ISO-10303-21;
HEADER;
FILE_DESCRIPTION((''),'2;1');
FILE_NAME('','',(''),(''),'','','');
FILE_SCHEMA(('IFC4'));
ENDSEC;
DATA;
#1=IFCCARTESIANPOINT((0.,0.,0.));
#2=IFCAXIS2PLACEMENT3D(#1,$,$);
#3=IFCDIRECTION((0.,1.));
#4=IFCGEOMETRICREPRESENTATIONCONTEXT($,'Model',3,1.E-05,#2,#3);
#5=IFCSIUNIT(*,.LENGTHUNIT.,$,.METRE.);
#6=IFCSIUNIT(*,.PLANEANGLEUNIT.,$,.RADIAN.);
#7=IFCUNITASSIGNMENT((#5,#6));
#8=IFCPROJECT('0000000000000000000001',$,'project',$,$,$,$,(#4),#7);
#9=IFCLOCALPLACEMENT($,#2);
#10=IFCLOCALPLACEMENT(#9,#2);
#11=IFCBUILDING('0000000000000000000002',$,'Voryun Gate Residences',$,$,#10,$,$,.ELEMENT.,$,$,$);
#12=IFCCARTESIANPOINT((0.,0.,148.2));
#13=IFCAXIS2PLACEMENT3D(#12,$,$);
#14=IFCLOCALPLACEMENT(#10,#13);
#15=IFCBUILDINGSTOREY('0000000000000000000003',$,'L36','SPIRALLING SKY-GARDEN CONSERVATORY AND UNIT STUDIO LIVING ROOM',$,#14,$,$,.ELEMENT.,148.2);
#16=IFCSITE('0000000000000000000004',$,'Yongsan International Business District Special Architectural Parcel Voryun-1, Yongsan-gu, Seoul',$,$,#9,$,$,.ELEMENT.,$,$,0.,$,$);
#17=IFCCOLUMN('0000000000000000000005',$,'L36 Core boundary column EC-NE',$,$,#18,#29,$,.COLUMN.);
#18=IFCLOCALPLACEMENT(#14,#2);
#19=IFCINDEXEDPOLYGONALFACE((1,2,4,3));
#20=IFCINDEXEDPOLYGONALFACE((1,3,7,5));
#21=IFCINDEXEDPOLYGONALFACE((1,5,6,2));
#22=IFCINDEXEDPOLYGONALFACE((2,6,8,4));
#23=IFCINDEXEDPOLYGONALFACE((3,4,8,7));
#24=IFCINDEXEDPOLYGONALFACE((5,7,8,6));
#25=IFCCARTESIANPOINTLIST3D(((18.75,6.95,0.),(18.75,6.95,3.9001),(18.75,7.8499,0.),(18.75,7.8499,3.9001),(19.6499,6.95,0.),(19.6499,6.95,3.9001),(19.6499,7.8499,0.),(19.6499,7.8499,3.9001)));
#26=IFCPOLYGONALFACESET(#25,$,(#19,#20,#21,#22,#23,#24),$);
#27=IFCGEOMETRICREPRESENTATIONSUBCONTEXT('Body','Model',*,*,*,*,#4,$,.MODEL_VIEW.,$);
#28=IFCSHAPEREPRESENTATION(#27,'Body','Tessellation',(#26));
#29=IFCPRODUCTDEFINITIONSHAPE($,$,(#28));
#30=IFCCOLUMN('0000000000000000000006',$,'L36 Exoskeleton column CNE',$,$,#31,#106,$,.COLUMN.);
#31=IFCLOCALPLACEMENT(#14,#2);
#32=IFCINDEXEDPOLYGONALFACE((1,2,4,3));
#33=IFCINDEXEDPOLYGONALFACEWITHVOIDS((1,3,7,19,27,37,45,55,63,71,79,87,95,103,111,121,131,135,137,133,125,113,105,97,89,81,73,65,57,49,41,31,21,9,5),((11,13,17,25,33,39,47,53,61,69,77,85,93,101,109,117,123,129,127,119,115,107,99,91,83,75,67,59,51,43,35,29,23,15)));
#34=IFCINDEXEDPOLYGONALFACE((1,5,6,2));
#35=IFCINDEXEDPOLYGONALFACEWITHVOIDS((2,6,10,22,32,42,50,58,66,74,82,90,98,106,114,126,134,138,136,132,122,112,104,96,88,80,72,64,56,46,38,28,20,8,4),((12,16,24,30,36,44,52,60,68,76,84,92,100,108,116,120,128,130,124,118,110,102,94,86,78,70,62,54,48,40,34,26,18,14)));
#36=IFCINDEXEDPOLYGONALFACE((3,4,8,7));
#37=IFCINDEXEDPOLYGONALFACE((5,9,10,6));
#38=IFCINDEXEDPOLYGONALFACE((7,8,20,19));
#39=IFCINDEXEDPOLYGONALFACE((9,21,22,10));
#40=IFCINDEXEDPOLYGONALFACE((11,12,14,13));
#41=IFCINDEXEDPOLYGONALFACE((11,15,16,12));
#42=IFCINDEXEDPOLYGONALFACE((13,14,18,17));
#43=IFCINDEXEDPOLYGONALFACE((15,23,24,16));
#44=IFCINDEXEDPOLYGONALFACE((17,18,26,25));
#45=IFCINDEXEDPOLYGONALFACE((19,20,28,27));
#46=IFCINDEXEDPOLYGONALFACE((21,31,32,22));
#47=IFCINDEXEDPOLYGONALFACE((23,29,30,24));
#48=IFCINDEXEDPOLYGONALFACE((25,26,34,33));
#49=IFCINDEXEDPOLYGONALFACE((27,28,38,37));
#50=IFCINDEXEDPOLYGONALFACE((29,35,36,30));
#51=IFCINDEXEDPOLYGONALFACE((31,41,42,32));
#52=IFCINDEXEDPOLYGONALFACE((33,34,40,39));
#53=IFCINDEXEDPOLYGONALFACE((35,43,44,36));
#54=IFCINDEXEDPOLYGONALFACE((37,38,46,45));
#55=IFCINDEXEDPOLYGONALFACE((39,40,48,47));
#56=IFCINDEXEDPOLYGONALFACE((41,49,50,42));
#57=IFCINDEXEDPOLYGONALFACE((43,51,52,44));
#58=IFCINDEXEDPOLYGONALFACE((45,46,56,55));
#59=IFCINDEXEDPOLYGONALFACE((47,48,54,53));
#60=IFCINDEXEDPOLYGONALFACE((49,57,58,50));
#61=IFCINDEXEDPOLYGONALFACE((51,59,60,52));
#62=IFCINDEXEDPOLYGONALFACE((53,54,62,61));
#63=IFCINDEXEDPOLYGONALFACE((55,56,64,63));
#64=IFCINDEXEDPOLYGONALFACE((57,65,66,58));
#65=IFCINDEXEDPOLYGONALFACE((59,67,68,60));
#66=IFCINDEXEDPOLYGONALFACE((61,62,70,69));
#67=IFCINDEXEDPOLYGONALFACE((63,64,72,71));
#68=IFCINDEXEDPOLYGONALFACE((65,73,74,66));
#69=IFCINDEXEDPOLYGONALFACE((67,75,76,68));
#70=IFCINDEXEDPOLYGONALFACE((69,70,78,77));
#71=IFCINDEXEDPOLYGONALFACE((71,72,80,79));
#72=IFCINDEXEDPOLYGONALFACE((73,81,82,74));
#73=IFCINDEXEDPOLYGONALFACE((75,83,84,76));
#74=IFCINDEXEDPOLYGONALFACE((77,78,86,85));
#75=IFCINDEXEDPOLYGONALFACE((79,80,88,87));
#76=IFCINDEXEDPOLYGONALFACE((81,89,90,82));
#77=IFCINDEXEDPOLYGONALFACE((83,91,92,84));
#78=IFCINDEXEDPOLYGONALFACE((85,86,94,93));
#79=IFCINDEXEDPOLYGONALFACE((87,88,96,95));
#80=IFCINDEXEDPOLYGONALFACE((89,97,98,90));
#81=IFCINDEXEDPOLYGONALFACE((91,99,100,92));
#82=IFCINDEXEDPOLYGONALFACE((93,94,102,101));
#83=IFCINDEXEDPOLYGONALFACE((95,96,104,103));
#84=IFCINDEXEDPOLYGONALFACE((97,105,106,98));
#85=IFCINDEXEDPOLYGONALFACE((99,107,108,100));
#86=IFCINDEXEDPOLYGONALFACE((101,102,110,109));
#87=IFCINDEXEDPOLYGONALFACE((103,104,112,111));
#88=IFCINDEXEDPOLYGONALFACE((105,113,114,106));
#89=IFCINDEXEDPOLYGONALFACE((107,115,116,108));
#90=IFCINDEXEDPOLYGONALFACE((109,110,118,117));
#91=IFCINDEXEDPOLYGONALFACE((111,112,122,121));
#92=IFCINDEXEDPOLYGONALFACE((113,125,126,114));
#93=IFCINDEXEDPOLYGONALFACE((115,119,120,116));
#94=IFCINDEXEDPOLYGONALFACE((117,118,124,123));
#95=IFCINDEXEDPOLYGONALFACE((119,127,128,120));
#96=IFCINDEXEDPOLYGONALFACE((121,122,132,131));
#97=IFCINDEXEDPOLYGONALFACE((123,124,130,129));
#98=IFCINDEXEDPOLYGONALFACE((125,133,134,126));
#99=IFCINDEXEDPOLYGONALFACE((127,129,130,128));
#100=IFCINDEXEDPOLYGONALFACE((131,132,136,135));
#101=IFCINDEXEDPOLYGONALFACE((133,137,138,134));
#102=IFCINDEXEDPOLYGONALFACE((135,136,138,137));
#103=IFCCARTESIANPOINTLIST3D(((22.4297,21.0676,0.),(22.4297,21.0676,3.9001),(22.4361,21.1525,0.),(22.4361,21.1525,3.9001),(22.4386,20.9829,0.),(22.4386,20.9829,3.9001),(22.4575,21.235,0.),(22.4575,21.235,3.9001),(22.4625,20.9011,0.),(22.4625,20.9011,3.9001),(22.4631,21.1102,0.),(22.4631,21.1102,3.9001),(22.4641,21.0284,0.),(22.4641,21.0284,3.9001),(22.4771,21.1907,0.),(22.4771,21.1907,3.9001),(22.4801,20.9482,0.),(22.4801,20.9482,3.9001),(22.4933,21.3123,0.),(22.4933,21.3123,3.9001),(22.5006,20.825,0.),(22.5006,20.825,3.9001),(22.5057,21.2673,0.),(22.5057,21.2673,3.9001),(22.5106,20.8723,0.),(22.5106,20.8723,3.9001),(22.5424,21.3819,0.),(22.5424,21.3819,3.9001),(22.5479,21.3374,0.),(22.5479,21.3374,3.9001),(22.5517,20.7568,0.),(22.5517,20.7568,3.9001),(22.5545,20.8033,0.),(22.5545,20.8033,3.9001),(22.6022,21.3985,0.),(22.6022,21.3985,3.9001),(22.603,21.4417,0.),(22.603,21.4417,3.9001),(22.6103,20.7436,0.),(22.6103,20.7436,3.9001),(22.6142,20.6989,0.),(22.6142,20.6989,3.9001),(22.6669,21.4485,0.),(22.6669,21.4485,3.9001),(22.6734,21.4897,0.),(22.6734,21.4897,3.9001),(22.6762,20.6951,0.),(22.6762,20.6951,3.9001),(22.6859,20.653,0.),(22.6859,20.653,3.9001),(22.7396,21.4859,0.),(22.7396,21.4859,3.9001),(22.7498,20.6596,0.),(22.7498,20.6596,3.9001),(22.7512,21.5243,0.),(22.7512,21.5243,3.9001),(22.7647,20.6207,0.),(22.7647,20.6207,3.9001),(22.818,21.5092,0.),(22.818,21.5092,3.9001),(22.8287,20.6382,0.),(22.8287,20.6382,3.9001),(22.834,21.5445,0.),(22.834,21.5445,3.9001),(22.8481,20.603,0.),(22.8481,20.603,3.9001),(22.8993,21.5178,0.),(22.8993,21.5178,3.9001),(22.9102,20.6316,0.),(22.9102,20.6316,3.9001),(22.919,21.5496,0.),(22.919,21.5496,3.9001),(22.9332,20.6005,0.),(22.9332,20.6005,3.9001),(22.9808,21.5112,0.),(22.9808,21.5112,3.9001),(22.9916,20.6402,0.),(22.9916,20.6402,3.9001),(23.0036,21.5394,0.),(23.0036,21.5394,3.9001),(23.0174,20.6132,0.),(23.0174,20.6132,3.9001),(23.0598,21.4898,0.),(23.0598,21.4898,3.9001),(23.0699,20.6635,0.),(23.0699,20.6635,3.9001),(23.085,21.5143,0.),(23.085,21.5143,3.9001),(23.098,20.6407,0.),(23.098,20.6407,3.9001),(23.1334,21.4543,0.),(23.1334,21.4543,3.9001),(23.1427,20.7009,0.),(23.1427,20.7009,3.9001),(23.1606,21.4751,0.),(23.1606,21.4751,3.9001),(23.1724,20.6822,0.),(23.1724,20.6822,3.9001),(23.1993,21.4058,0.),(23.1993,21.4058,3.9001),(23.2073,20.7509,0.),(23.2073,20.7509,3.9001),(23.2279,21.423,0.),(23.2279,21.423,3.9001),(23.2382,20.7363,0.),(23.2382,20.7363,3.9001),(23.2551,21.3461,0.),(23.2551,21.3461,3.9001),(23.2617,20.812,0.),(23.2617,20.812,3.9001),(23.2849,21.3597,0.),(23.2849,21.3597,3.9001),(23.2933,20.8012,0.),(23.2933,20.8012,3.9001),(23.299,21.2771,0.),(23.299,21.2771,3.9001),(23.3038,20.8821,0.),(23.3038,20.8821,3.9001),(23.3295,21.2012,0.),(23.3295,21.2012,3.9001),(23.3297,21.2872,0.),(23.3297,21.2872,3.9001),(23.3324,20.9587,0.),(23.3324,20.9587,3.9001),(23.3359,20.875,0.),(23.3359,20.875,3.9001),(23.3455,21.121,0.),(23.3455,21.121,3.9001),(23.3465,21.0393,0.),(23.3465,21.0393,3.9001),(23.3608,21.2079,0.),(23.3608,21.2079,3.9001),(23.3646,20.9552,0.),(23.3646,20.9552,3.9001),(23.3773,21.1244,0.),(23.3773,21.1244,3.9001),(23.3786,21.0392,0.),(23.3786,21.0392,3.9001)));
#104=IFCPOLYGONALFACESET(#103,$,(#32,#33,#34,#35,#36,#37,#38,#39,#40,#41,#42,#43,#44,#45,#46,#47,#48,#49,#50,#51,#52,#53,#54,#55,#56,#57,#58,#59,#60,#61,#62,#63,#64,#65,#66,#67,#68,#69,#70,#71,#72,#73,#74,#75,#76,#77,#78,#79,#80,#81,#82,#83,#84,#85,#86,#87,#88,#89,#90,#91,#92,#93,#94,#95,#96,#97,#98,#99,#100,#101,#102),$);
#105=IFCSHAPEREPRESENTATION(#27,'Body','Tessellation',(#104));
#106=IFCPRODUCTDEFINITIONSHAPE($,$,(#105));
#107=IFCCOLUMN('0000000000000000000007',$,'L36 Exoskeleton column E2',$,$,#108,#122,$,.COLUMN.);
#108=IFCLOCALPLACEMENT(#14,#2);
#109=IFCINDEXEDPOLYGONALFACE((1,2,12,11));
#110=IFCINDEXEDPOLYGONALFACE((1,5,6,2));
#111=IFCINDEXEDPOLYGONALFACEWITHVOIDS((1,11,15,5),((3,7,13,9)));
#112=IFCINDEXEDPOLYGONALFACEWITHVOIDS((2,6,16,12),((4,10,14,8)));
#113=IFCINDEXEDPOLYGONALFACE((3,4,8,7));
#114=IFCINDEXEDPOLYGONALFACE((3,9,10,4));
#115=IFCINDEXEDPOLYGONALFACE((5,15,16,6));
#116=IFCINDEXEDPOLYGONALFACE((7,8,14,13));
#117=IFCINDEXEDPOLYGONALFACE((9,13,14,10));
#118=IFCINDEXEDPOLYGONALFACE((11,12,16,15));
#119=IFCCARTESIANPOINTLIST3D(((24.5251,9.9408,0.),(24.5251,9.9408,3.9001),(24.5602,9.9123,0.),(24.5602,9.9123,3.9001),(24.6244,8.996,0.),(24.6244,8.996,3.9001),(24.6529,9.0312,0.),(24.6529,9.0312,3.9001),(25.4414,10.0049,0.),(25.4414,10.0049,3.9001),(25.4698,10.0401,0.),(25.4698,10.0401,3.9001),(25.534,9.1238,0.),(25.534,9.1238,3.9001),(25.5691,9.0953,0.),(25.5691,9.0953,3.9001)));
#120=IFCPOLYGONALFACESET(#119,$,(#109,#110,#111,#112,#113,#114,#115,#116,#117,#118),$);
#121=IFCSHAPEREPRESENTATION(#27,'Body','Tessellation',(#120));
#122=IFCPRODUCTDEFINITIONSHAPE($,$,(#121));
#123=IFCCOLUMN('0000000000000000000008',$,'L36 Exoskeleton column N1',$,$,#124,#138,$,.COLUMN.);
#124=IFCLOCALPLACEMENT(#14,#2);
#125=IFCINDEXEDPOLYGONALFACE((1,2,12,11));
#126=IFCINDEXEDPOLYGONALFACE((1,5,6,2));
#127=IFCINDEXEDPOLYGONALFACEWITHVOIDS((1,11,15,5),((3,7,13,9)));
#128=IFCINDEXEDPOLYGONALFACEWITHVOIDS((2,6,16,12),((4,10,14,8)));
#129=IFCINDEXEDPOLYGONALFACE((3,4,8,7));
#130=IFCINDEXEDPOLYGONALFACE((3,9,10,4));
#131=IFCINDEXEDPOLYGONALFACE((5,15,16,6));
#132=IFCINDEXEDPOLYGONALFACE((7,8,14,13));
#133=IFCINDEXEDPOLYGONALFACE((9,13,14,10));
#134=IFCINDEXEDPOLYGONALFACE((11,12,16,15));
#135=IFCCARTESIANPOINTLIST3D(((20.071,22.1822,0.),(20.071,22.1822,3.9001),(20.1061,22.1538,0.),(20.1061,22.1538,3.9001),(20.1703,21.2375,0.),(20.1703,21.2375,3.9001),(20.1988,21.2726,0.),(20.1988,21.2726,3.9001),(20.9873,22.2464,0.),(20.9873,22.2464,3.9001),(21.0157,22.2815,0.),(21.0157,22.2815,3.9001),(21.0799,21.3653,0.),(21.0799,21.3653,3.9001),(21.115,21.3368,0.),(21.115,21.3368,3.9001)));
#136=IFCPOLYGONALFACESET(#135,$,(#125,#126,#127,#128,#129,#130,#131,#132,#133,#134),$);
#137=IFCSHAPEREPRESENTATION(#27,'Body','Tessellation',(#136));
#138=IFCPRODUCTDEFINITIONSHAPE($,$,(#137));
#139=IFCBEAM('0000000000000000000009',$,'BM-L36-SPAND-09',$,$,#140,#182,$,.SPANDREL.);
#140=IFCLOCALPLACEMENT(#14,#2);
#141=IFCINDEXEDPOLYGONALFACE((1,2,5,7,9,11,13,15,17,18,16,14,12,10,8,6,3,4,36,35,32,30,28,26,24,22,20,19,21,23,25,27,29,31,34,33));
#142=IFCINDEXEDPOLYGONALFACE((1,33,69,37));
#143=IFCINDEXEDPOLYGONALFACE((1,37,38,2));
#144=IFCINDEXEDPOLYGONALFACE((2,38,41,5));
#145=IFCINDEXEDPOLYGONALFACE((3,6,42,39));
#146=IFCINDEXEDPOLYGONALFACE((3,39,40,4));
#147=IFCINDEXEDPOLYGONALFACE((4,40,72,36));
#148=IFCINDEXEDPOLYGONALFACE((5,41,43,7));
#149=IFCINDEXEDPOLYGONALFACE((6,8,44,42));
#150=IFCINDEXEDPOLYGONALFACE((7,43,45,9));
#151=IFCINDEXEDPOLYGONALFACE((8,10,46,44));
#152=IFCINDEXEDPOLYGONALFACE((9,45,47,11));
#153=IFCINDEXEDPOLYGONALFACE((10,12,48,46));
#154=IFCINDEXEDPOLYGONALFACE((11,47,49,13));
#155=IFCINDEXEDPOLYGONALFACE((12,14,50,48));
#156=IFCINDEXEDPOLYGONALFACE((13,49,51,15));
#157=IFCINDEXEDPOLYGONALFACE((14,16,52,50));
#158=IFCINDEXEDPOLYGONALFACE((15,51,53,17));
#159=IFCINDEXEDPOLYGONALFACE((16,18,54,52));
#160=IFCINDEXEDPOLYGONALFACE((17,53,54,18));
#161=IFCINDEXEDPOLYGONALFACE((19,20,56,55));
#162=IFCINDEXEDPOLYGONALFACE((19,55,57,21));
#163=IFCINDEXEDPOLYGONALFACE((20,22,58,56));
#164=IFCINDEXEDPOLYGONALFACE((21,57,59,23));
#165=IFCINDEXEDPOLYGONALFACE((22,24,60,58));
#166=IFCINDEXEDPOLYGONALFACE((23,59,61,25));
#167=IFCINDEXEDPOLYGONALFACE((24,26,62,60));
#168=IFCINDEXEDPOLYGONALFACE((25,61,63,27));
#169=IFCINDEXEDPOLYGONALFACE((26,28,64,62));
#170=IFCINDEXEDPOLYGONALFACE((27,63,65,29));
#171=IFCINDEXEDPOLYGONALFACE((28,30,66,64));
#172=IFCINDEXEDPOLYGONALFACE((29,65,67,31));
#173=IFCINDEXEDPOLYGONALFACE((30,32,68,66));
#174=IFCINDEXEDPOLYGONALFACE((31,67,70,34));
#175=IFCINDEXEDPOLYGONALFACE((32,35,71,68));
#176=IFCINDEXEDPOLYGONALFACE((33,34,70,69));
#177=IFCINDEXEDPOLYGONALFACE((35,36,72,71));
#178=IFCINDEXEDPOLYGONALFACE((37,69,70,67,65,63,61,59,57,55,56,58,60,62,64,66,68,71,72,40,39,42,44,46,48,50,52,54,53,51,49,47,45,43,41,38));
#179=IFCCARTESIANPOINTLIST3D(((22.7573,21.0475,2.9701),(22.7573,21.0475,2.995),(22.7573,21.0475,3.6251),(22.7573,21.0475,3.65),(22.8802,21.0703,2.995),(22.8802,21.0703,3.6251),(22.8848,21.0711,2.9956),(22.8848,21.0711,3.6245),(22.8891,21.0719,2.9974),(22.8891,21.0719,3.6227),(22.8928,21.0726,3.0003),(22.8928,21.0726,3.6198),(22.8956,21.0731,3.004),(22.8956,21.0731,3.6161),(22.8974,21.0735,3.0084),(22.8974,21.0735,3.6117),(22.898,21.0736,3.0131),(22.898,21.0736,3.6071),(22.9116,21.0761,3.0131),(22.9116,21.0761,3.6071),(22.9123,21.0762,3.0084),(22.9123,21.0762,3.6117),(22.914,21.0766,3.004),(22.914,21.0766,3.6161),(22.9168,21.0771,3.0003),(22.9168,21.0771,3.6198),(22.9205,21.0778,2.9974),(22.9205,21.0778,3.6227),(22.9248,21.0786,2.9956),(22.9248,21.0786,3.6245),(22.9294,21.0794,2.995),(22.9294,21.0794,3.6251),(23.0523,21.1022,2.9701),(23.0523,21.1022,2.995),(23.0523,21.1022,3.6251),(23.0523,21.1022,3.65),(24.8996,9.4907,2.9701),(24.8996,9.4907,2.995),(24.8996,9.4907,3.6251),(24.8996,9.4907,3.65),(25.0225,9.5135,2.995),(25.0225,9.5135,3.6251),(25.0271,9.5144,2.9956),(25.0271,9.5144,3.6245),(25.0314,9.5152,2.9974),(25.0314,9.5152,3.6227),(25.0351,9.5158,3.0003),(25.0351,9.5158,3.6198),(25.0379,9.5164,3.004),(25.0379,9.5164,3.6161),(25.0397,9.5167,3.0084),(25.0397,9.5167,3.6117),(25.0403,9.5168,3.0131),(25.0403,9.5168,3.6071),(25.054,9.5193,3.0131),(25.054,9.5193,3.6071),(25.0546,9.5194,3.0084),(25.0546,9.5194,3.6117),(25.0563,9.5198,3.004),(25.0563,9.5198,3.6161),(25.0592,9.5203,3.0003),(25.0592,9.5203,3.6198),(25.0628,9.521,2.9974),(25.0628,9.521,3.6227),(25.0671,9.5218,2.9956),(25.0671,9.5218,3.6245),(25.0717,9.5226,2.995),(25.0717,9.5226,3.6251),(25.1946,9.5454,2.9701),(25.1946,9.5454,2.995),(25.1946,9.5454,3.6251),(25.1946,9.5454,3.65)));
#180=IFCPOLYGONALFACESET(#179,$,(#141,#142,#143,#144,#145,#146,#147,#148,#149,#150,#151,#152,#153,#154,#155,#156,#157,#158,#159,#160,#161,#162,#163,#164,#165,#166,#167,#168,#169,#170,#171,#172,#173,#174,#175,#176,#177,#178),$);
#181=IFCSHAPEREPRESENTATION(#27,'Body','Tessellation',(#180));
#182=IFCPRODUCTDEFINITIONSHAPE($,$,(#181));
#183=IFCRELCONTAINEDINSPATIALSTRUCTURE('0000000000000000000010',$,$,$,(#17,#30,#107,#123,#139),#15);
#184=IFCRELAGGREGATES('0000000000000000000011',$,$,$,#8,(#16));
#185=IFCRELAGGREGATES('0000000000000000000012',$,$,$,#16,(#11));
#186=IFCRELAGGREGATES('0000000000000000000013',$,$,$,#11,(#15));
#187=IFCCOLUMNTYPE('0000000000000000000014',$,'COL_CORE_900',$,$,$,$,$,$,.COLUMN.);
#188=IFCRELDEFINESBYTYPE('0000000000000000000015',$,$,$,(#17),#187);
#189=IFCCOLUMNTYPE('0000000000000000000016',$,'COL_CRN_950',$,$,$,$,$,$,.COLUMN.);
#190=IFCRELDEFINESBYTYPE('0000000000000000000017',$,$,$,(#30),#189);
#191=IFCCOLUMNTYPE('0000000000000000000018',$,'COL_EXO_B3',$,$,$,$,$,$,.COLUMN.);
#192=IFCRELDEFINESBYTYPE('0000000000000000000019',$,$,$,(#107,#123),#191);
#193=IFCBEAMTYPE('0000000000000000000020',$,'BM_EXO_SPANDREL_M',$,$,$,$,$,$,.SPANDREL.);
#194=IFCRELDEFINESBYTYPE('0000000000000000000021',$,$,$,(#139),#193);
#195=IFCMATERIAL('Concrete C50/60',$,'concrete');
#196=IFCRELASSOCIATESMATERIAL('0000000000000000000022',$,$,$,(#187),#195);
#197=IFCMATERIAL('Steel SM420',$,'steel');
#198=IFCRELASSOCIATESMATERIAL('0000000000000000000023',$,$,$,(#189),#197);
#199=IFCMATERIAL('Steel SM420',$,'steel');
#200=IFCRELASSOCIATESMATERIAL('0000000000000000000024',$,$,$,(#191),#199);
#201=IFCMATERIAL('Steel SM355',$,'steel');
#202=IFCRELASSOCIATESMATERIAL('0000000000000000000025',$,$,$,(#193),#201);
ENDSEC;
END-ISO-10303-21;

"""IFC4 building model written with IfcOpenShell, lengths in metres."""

from ifc_helpers import new_model, si_unit, direction, frame, origin, origin_2d, place, context, subcontext, project, spatial, rectangle, hollow_rectangle, hollow_circle, i_section, extrude, material, material_profile, profile_set, type_object, element, save


model = new_model("IFC4")

# Units and contexts
model_context = context("Model", 3, precision=1e-05, world=origin(), true_north=direction((0.0, 1.0)))
body_context = subcontext(model_context, "Body", "Model", "MODEL_VIEW")
ifc_project = project(units=[si_unit("LENGTHUNIT", "METRE"), si_unit("PLANEANGLEUNIT", "RADIAN")], contexts=[model_context])

# Site, building, storey
site_placement = place(None, origin())
site = spatial("IfcSite", under=ifc_project, at=site_placement, Name="Yongsan International Business District Special Architectural Parcel Voryun-1, Yongsan-gu, Seoul", CompositionType="ELEMENT", RefElevation=0.0)
building_placement = place(site_placement, origin())
building = spatial("IfcBuilding", under=site, at=building_placement, Name="Voryun Gate Residences", CompositionType="ELEMENT")
storey_placement = place(building_placement, frame((0.0, 0.0, 148.2)))
storey = spatial("IfcBuildingStorey", under=building, at=storey_placement, Name="L36", Description="SPIRALLING SKY-GARDEN CONSERVATORY AND UNIT STUDIO LIVING ROOM", CompositionType="ELEMENT", Elevation=148.2)

# Columns
ifc_material_1 = material(Name="Concrete C50/60", Category="concrete")
ifc_material_profile_1 = material_profile(ifc_material_1, rectangle(XDim=0.8999, YDim=0.8999, at=origin_2d()), Name="RC-900x900")
ifc_profile_set_1 = profile_set([ifc_material_profile_1], Name="Concrete C50/60")
column_type_1 = type_object("IfcColumnType", Name="COL_CORE_900", PredefinedType="COLUMN", material=ifc_profile_set_1)
column_1_placement = place(storey_placement, frame((19.2, 7.3999, 0.0), z_axis=(0.0, 0.0, 1.0), x_axis=(1.0, 0.0, 0.0)))
element("IfcColumn", 1, at=column_1_placement, inside=storey, type_object=column_type_1, Name="L36 Core boundary column EC-NE", PredefinedType="COLUMN", context=body_context, shape_type="SweptSolid", body=[
    extrude(rectangle(XDim=0.8999, YDim=0.8999, at=origin_2d()), origin(), (0.0, 0.0, 1.0), 3.9001),
])
ifc_material_2 = material(Name="Steel SM420", Category="steel")
ifc_material_profile_2 = material_profile(ifc_material_2, hollow_circle(Radius=0.4751, WallThickness=0.032, at=origin_2d()), Name="CHS-950x32")
ifc_profile_set_2 = profile_set([ifc_material_profile_2], Name="Steel SM420")
column_type_2 = type_object("IfcColumnType", Name="COL_CRN_950", PredefinedType="COLUMN", material=ifc_profile_set_2)
column_2_placement = place(storey_placement, frame((22.9048, 21.0747, 0.0), z_axis=(0.0, 0.0, 1.0), x_axis=(0.994522, 0.104528, 0.0)))
element("IfcColumn", 2, at=column_2_placement, inside=storey, type_object=column_type_2, Name="L36 Exoskeleton column CNE", PredefinedType="COLUMN", context=body_context, shape_type="SweptSolid", body=[
    extrude(hollow_circle(Radius=0.4751, WallThickness=0.032, at=origin_2d()), origin(), (0.0, 0.0, 1.0), 3.9001),
])
ifc_material_3 = material(Name="Steel SM420", Category="steel")
ifc_material_profile_3 = material_profile(ifc_material_3, hollow_rectangle(XDim=0.95, YDim=0.95, WallThickness=0.032, at=origin_2d()), Name="BOX-950x950x32")
ifc_profile_set_3 = profile_set([ifc_material_profile_3], Name="Steel SM420")
column_type_3 = type_object("IfcColumnType", Name="COL_EXO_B3", PredefinedType="COLUMN", material=ifc_profile_set_3)
for number, where, z_axis, x_axis, name in (
    (3, (25.0471, 9.5181, 0.0), (0.0, 0.0, 1.0), (0.994522, 0.104528, 0.0), "L36 Exoskeleton column E2"),
    (4, (20.593, 21.7595, 0.0), (0.0, 0.0, 1.0), (0.994522, 0.104528, 0.0), "L36 Exoskeleton column N1"),
):
    element("IfcColumn", number, at=place(storey_placement, frame(where, z_axis=z_axis, x_axis=x_axis)), inside=storey, type_object=column_type_3, Name=name, PredefinedType="COLUMN", context=body_context, shape_type="SweptSolid", body=[
        extrude(hollow_rectangle(XDim=0.95, YDim=0.95, WallThickness=0.032, at=origin_2d()), origin(), (0.0, 0.0, 1.0), 3.9001),
    ])

# Beam
ifc_material_4 = material(Name="Steel SM355", Category="steel")
ifc_material_profile_4 = material_profile(ifc_material_4, i_section(OverallWidth=0.3, OverallDepth=0.6799, WebThickness=0.0139, FlangeThickness=0.0249, FilletRadius=0.0181, at=origin_2d()), Name="H-680x300x14x25")
ifc_profile_set_4 = profile_set([ifc_material_profile_4], Name="Steel SM355")
beam_type_1 = type_object("IfcBeamType", Name="BM_EXO_SPANDREL_M", PredefinedType="SPANDREL", material=ifc_profile_set_4)
beam_1_placement = place(storey_placement, frame((25.0471, 9.5181, 3.3101), z_axis=(-0.182268, 0.983249, 0.0), x_axis=(-0.983249, -0.182268, 0.0)))
element("IfcBeam", 5, at=beam_1_placement, inside=storey, type_object=beam_type_1, Name="BM-L36-SPAND-09", PredefinedType="SPANDREL", context=body_context, shape_type="SweptSolid", body=[
    extrude(i_section(OverallWidth=0.3, OverallDepth=0.6799, WebThickness=0.0139, FlangeThickness=0.0249, FilletRadius=0.0181, at=origin_2d()), origin(), (0.0, 0.0, 1.0), 11.7537),
])

save(model, "model.ifc")
